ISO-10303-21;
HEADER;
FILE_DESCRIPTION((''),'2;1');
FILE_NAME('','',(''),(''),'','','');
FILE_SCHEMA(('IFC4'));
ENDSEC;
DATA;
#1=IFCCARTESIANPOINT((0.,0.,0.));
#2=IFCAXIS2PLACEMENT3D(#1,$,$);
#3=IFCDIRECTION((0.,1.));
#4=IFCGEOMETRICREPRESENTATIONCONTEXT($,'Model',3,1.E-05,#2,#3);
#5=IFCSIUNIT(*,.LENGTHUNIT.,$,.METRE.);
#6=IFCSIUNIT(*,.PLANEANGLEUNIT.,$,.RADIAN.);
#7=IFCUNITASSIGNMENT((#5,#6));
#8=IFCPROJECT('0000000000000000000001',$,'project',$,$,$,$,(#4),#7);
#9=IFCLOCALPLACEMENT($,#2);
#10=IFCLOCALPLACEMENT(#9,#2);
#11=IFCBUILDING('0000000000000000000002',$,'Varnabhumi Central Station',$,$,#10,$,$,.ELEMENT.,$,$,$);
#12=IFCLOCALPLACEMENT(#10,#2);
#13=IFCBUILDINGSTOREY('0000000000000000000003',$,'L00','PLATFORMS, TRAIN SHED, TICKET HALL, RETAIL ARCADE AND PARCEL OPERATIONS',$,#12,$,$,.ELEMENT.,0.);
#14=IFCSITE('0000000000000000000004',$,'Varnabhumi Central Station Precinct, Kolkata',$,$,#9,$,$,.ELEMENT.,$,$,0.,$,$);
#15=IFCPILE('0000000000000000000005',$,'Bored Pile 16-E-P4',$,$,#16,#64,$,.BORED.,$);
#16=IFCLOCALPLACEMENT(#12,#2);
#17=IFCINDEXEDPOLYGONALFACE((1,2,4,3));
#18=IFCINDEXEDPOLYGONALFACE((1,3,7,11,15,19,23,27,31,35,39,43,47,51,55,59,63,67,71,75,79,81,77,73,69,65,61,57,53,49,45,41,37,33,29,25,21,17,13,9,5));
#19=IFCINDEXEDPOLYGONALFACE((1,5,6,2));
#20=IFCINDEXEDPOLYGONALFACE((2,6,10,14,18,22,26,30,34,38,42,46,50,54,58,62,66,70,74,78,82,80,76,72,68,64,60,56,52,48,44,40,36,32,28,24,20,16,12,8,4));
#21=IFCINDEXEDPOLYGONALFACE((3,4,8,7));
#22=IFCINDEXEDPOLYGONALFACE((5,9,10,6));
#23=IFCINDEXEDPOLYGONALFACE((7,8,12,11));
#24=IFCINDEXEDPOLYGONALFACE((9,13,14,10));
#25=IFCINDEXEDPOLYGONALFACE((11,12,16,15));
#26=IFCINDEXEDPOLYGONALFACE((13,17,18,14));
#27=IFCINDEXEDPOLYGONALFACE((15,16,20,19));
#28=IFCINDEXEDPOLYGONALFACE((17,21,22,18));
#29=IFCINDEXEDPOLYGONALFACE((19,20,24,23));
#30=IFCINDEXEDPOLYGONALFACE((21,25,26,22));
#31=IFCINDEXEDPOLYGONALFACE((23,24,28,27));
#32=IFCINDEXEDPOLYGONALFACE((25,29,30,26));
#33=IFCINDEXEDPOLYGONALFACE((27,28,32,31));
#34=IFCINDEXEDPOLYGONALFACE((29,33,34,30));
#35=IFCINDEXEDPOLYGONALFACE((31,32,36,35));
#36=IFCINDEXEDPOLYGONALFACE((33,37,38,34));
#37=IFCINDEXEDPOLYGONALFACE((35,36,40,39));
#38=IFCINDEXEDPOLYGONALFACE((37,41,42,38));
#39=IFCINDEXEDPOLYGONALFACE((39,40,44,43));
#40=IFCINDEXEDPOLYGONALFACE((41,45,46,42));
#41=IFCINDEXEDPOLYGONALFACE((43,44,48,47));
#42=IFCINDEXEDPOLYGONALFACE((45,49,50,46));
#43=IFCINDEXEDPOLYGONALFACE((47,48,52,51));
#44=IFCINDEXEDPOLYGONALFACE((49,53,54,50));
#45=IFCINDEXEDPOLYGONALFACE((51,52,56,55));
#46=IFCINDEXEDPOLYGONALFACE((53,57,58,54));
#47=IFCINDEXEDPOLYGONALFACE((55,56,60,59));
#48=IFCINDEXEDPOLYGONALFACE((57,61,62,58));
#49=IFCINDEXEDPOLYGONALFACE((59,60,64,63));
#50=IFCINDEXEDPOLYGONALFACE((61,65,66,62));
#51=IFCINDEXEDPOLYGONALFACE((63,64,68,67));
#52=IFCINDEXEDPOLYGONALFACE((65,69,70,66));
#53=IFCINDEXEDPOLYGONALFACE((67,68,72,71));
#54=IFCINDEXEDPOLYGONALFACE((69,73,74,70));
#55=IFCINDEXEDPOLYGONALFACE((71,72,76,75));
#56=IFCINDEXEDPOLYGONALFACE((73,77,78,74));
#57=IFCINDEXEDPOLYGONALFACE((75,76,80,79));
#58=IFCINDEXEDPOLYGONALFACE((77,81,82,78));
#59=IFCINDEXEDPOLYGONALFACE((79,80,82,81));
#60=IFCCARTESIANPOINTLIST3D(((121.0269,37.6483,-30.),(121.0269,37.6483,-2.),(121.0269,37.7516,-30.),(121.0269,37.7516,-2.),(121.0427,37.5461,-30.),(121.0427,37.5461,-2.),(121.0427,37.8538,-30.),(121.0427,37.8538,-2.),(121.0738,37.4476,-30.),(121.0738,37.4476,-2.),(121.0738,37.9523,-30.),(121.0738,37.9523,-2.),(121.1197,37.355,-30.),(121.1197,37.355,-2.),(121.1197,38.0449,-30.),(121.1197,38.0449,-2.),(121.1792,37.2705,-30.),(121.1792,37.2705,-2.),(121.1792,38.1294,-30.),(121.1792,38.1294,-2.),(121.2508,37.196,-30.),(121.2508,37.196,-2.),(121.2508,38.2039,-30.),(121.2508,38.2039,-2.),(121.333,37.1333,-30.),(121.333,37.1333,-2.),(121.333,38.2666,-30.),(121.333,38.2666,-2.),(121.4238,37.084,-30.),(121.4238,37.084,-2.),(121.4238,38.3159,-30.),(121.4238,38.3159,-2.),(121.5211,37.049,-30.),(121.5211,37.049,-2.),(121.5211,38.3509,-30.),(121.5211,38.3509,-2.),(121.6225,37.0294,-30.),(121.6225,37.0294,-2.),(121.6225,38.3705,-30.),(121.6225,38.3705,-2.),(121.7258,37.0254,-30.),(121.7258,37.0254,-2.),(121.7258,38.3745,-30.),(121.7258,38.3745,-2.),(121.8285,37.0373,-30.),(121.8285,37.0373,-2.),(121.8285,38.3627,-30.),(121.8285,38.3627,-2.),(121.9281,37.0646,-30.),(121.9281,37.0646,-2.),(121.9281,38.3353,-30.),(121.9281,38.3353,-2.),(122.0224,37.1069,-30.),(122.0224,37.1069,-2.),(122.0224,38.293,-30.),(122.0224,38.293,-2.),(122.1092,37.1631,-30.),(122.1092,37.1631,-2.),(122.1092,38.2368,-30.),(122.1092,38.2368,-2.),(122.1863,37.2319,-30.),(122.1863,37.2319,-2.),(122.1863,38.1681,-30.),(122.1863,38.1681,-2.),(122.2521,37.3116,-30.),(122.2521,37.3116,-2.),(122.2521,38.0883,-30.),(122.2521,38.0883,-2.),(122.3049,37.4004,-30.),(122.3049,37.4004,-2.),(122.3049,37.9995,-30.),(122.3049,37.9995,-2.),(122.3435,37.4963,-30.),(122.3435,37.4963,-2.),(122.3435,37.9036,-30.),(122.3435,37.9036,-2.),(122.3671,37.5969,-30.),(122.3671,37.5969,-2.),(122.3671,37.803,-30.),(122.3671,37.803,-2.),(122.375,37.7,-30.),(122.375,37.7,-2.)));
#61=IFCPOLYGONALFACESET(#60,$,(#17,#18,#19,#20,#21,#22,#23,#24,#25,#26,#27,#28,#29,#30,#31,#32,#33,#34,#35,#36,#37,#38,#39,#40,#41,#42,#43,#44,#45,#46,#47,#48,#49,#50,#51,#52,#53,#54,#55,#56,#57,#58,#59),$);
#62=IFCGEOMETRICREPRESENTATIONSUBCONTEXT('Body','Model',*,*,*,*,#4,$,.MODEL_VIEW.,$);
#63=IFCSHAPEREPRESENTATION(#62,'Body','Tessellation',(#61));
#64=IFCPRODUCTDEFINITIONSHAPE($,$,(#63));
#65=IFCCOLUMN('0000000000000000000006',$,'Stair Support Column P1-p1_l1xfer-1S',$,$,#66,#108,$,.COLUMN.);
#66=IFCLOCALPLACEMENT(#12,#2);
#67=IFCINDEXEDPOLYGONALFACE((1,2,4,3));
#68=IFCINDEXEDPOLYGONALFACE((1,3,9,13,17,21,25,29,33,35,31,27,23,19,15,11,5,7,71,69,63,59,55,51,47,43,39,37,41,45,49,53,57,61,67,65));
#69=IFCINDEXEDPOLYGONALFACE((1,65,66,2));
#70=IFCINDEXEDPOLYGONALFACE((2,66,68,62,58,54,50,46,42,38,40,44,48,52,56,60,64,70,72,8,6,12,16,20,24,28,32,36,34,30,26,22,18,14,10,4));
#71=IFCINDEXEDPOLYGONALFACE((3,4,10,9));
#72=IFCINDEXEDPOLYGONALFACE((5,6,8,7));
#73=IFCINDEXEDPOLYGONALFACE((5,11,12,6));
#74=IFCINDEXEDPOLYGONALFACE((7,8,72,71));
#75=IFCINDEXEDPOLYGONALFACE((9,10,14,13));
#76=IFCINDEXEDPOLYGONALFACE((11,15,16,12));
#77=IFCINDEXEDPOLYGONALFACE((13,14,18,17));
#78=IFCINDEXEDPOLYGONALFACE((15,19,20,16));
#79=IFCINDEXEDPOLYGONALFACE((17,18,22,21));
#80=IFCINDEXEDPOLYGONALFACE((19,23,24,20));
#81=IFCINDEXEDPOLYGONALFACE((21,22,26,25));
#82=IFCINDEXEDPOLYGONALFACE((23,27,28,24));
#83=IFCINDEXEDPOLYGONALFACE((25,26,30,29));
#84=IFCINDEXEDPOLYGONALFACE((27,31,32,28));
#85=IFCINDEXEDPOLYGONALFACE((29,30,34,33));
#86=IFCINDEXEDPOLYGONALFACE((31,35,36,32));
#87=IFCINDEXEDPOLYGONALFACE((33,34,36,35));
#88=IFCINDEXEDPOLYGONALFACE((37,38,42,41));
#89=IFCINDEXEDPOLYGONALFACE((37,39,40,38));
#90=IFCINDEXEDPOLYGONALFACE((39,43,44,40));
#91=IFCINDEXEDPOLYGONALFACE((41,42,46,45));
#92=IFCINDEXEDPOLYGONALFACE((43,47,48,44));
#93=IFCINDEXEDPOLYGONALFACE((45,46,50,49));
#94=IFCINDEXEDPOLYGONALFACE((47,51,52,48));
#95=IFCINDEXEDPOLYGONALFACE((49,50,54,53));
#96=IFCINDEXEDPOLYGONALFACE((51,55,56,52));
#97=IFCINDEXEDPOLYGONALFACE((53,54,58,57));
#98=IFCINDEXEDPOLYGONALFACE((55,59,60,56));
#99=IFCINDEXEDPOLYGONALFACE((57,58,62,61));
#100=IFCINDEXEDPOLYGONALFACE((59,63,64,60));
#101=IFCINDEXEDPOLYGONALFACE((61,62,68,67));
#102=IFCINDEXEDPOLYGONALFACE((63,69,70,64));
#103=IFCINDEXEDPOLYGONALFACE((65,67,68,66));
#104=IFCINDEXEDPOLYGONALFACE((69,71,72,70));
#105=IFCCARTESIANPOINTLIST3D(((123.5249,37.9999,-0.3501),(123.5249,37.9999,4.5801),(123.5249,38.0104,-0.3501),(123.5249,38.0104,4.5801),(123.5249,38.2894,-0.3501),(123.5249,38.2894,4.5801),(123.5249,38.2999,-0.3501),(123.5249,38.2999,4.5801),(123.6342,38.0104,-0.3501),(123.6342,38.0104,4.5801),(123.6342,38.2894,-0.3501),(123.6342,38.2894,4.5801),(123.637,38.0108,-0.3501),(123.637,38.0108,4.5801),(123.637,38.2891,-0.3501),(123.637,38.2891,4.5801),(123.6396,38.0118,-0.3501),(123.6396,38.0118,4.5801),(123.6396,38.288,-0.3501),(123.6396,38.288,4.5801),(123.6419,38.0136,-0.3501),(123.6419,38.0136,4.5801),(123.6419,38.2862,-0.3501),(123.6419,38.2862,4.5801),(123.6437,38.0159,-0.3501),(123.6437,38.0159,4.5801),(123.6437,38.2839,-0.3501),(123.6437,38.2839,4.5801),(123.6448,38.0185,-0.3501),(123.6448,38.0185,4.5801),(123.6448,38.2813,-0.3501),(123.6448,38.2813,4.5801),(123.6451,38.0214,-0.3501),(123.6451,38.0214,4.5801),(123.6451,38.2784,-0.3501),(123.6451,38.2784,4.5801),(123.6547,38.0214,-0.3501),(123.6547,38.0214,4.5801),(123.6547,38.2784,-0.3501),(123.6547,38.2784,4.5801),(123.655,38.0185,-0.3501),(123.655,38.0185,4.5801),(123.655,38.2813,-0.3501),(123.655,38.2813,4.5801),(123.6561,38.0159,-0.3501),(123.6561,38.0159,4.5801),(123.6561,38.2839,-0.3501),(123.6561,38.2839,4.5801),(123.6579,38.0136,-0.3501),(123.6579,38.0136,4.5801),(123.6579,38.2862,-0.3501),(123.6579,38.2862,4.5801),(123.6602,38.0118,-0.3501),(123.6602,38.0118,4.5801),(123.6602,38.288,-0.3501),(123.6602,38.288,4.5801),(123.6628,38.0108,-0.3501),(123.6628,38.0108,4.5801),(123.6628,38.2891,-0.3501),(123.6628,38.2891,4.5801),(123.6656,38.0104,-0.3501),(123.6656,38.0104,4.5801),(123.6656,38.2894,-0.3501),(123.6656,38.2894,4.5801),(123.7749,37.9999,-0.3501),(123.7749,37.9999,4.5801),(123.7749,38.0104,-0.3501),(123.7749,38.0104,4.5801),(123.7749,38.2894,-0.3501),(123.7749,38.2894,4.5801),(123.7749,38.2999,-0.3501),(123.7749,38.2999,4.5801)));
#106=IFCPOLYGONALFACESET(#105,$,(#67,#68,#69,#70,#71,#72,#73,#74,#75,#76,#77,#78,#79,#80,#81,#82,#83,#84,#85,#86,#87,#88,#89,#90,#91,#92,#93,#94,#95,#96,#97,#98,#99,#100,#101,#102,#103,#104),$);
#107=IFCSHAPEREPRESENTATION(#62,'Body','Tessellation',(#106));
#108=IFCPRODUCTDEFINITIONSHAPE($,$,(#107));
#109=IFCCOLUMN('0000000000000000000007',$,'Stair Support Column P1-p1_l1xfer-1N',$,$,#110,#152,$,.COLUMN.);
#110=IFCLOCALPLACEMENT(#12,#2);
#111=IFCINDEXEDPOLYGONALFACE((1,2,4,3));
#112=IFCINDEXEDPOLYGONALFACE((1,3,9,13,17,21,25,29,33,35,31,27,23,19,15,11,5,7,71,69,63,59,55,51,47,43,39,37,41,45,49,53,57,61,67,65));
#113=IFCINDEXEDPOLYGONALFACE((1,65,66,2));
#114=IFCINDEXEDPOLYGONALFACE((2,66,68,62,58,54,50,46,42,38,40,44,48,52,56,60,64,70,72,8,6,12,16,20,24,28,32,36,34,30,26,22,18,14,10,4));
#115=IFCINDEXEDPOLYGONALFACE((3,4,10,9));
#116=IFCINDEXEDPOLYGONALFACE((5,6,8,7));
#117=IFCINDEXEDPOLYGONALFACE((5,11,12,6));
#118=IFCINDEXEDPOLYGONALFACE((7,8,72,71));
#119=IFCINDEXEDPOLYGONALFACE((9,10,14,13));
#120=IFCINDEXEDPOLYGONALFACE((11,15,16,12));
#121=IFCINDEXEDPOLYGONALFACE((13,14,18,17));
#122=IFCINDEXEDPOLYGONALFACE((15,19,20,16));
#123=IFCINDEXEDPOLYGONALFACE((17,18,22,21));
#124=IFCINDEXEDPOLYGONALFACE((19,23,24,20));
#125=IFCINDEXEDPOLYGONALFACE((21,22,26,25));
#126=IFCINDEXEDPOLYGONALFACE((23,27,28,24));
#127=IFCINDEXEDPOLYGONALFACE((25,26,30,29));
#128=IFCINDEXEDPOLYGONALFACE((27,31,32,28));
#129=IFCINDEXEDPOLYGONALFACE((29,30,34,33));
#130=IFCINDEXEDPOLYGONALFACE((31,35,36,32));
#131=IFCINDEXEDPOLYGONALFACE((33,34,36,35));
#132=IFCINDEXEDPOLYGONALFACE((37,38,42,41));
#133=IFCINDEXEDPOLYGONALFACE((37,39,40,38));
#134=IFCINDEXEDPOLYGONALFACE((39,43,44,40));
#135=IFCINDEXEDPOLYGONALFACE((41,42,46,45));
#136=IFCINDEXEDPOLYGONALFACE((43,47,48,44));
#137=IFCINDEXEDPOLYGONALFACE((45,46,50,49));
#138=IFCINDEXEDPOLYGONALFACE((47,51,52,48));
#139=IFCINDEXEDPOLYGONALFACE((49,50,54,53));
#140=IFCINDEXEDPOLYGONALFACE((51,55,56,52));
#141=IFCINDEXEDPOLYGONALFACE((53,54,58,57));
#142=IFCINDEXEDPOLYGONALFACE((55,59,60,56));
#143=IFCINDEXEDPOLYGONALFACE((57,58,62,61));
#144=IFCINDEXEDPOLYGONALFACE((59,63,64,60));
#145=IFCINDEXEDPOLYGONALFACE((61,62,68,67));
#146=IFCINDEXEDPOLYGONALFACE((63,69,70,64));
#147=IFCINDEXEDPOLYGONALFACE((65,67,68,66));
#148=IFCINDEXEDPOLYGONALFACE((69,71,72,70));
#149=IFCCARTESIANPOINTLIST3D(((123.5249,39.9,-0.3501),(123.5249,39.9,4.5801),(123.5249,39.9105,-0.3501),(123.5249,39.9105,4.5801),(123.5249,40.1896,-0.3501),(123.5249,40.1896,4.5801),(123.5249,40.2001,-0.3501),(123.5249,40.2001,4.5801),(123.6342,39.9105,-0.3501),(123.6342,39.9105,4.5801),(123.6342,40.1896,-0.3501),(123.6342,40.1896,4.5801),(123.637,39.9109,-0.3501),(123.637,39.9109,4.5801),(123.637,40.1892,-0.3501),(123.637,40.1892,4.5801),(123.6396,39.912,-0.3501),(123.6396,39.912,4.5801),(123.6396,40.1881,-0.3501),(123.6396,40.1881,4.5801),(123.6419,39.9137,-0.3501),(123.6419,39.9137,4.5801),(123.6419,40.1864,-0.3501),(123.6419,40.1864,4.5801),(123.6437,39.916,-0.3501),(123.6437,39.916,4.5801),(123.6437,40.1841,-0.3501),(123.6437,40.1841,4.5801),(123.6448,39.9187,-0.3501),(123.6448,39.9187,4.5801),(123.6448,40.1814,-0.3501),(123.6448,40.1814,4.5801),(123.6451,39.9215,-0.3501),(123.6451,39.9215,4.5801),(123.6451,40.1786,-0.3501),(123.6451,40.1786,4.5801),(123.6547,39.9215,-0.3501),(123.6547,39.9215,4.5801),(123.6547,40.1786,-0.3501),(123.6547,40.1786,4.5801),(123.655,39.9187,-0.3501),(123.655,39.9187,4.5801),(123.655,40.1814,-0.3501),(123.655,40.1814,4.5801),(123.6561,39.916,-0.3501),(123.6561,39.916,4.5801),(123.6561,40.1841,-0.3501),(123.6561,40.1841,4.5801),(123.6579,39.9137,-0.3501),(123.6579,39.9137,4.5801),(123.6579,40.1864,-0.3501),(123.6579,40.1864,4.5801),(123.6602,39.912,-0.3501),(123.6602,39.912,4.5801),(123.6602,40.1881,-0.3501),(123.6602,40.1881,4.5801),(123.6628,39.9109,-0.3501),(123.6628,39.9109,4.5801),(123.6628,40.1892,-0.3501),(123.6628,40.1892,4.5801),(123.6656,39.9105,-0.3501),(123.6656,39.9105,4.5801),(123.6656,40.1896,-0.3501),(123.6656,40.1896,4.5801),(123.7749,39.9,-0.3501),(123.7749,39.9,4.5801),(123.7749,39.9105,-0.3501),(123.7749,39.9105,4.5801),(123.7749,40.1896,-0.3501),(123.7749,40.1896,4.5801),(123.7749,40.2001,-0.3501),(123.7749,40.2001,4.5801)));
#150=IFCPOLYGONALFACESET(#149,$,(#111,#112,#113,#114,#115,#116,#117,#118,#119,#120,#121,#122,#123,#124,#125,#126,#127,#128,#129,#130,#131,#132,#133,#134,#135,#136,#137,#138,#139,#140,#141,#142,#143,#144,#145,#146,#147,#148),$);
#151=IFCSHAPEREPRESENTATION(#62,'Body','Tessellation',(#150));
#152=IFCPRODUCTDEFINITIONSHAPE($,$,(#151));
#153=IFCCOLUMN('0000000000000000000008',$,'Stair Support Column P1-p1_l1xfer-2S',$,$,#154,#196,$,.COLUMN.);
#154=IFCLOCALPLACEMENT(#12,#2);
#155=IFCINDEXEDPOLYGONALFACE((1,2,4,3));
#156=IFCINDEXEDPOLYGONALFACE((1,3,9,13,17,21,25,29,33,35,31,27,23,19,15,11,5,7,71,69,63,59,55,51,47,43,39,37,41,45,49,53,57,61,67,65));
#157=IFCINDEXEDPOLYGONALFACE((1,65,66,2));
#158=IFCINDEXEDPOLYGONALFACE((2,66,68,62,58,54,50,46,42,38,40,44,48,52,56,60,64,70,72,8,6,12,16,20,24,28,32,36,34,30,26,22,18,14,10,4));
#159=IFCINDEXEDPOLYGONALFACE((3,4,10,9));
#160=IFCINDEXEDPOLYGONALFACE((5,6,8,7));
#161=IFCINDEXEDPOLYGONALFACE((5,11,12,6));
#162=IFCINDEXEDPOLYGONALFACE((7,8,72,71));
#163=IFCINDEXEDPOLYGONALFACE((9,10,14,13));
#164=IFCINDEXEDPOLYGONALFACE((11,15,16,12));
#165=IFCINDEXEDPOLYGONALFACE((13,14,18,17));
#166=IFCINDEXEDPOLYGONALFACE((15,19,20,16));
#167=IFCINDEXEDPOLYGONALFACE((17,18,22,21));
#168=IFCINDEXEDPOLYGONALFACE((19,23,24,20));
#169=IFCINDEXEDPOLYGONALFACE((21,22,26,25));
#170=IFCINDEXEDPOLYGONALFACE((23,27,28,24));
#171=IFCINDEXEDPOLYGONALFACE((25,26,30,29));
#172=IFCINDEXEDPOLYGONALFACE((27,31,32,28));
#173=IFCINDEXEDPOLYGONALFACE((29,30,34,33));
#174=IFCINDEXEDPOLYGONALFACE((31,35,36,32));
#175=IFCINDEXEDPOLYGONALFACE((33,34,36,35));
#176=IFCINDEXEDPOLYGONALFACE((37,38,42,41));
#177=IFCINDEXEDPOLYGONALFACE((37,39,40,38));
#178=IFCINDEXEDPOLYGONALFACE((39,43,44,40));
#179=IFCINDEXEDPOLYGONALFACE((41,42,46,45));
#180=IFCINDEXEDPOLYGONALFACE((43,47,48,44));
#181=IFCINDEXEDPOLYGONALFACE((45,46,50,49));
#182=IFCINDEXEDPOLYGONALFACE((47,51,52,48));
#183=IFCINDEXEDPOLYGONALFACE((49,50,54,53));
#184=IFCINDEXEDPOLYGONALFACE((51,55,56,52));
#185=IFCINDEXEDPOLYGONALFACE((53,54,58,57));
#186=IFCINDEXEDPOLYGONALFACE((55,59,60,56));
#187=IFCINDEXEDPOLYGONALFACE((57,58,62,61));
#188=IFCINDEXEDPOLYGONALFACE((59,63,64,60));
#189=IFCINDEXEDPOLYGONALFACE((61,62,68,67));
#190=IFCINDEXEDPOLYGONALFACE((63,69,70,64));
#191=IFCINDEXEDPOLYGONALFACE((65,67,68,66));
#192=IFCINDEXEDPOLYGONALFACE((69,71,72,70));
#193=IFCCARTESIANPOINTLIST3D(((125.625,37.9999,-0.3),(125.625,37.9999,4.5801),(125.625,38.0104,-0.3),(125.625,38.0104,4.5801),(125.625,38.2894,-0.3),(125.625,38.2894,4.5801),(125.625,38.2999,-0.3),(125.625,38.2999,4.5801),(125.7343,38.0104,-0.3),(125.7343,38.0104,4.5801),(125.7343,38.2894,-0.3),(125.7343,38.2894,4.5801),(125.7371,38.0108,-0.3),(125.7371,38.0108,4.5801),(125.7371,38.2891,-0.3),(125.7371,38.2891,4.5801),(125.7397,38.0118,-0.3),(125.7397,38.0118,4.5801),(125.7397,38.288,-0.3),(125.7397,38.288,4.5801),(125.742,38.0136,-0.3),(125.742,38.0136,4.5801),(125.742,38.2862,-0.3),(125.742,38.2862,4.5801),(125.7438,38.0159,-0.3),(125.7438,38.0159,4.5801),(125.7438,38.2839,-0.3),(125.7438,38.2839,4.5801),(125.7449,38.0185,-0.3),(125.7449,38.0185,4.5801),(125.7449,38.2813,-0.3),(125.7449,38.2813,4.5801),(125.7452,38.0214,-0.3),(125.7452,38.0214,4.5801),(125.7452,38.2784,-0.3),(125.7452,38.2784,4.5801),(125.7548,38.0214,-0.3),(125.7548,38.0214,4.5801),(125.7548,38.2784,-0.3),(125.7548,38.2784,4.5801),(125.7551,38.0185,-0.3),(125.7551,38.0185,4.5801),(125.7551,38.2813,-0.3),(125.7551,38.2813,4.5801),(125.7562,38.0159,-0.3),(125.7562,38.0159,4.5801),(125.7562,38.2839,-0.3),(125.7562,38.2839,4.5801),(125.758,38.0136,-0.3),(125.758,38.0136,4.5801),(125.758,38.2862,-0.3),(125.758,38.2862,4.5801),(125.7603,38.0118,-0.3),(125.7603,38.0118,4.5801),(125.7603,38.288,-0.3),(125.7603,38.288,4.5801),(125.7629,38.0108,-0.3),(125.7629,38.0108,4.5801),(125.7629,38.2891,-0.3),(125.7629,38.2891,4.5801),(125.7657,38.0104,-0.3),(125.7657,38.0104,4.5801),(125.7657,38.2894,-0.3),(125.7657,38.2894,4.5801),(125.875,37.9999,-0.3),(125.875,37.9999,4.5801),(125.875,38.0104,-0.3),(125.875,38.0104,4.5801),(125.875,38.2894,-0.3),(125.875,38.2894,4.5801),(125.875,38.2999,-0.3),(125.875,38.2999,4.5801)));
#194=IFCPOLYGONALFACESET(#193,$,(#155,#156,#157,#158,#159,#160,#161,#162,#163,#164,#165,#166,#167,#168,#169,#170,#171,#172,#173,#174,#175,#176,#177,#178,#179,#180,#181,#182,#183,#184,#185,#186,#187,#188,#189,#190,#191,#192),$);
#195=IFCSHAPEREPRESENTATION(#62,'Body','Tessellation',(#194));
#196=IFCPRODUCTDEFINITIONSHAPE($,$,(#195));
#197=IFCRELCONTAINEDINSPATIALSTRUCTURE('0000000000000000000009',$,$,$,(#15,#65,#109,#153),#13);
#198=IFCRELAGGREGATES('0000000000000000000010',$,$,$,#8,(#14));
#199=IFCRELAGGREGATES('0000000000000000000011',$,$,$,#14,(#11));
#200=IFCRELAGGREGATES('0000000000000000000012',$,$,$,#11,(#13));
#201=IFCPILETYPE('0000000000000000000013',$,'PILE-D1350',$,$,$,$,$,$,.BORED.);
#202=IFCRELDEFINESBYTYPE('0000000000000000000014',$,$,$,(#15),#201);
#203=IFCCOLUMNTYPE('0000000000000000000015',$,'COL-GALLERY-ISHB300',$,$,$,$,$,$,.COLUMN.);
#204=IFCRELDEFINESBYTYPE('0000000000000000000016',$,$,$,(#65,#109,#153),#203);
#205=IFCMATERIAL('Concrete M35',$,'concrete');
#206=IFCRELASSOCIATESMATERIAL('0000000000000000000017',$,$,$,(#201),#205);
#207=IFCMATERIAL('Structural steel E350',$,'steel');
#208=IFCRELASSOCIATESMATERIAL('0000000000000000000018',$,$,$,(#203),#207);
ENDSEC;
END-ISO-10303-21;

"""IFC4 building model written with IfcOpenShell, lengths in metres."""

from ifc_helpers import new_model, si_unit, direction, frame, origin, origin_2d, place, context, subcontext, project, spatial, circle, i_section, extrude, material, material_profile, profile_set, type_object, element, save


model = new_model("IFC4")

# Units and contexts
model_context = context("Model", 3, precision=1e-05, world=origin(), true_north=direction((0.0, 1.0)))
body_context = subcontext(model_context, "Body", "Model", "MODEL_VIEW")
ifc_project = project(units=[si_unit("LENGTHUNIT", "METRE"), si_unit("PLANEANGLEUNIT", "RADIAN")], contexts=[model_context])

# Site, building, storey
site_placement = place(None, origin())
site = spatial("IfcSite", under=ifc_project, at=site_placement, Name="Varnabhumi Central Station Precinct, Kolkata", CompositionType="ELEMENT", RefElevation=0.0)
building_placement = place(site_placement, origin())
building = spatial("IfcBuilding", under=site, at=building_placement, Name="Varnabhumi Central Station", CompositionType="ELEMENT")
storey_placement = place(building_placement, origin())
storey = spatial("IfcBuildingStorey", under=building, at=storey_placement, Name="L00", Description="PLATFORMS, TRAIN SHED, TICKET HALL, RETAIL ARCADE AND PARCEL OPERATIONS", CompositionType="ELEMENT", Elevation=0.0)

# Pile
ifc_material_1 = material(Name="Concrete M35", Category="concrete")
ifc_material_profile_1 = material_profile(ifc_material_1, circle(Radius=0.675, at=origin_2d()), Name="Concrete M35", Category="concrete")
ifc_profile_set_1 = profile_set([ifc_material_profile_1], Name="Concrete M35")
pile_type = type_object("IfcPileType", Name="PILE-D1350", PredefinedType="BORED", material=ifc_profile_set_1)
for number, where, z_axis, x_axis, name in (
    (1, (121.7, 37.7, -2.0), (0.0, 0.0, -1.0), (1.0, 0.0, 0.0), "Bored Pile 16-E-P4"),
):
    element("IfcPile", number, at=place(storey_placement, frame(where, z_axis=z_axis, x_axis=x_axis)), inside=storey, type_object=pile_type, Name=name, PredefinedType="BORED", context=body_context, shape_type="SweptSolid", body=[
        extrude(circle(Radius=0.675, at=origin_2d()), origin(), (0.0, 0.0, 1.0), 28.0),
    ])

# Columns
ifc_material_2 = material(Name="Structural steel E350", Category="steel")
ifc_material_profile_2 = material_profile(ifc_material_2, i_section(OverallWidth=0.25, OverallDepth=0.3, WebThickness=0.0095, FlangeThickness=0.0105, FilletRadius=0.011, at=origin_2d()), Name="Structural steel E350", Category="steel")
ifc_profile_set_2 = profile_set([ifc_material_profile_2], Name="Structural steel E350")
column_type = type_object("IfcColumnType", Name="COL-GALLERY-ISHB300", PredefinedType="COLUMN", material=ifc_profile_set_2)
for number, where, z_axis, x_axis, name in (
    (2, (123.6499, 38.1499, -0.3501), (0.0, 0.0, 1.0), (1.0, 0.0, 0.0), "Stair Support Column P1-p1_l1xfer-1S"),
    (3, (123.6499, 40.05, -0.3501), (0.0, 0.0, 1.0), (1.0, 0.0, 0.0), "Stair Support Column P1-p1_l1xfer-1N"),
):
    element("IfcColumn", number, at=place(storey_placement, frame(where, z_axis=z_axis, x_axis=x_axis)), inside=storey, type_object=column_type, Name=name, PredefinedType="COLUMN", context=body_context, shape_type="SweptSolid", body=[
        extrude(i_section(OverallWidth=0.25, OverallDepth=0.3, WebThickness=0.0095, FlangeThickness=0.0105, FilletRadius=0.011, at=origin_2d()), origin(), (0.0, 0.0, 1.0), 4.9302),
    ])
column_1_placement = place(storey_placement, frame((125.75, 38.1499, -0.3), z_axis=(0.0, 0.0, 1.0), x_axis=(1.0, 0.0, 0.0)))
element("IfcColumn", 4, at=column_1_placement, inside=storey, type_object=column_type, Name="Stair Support Column P1-p1_l1xfer-2S", PredefinedType="COLUMN", context=body_context, shape_type="SweptSolid", body=[
    extrude(i_section(OverallWidth=0.25, OverallDepth=0.3, WebThickness=0.0095, FlangeThickness=0.0105, FilletRadius=0.011, at=origin_2d()), origin(), (0.0, 0.0, 1.0), 4.8801),
])

save(model, "model.ifc")
